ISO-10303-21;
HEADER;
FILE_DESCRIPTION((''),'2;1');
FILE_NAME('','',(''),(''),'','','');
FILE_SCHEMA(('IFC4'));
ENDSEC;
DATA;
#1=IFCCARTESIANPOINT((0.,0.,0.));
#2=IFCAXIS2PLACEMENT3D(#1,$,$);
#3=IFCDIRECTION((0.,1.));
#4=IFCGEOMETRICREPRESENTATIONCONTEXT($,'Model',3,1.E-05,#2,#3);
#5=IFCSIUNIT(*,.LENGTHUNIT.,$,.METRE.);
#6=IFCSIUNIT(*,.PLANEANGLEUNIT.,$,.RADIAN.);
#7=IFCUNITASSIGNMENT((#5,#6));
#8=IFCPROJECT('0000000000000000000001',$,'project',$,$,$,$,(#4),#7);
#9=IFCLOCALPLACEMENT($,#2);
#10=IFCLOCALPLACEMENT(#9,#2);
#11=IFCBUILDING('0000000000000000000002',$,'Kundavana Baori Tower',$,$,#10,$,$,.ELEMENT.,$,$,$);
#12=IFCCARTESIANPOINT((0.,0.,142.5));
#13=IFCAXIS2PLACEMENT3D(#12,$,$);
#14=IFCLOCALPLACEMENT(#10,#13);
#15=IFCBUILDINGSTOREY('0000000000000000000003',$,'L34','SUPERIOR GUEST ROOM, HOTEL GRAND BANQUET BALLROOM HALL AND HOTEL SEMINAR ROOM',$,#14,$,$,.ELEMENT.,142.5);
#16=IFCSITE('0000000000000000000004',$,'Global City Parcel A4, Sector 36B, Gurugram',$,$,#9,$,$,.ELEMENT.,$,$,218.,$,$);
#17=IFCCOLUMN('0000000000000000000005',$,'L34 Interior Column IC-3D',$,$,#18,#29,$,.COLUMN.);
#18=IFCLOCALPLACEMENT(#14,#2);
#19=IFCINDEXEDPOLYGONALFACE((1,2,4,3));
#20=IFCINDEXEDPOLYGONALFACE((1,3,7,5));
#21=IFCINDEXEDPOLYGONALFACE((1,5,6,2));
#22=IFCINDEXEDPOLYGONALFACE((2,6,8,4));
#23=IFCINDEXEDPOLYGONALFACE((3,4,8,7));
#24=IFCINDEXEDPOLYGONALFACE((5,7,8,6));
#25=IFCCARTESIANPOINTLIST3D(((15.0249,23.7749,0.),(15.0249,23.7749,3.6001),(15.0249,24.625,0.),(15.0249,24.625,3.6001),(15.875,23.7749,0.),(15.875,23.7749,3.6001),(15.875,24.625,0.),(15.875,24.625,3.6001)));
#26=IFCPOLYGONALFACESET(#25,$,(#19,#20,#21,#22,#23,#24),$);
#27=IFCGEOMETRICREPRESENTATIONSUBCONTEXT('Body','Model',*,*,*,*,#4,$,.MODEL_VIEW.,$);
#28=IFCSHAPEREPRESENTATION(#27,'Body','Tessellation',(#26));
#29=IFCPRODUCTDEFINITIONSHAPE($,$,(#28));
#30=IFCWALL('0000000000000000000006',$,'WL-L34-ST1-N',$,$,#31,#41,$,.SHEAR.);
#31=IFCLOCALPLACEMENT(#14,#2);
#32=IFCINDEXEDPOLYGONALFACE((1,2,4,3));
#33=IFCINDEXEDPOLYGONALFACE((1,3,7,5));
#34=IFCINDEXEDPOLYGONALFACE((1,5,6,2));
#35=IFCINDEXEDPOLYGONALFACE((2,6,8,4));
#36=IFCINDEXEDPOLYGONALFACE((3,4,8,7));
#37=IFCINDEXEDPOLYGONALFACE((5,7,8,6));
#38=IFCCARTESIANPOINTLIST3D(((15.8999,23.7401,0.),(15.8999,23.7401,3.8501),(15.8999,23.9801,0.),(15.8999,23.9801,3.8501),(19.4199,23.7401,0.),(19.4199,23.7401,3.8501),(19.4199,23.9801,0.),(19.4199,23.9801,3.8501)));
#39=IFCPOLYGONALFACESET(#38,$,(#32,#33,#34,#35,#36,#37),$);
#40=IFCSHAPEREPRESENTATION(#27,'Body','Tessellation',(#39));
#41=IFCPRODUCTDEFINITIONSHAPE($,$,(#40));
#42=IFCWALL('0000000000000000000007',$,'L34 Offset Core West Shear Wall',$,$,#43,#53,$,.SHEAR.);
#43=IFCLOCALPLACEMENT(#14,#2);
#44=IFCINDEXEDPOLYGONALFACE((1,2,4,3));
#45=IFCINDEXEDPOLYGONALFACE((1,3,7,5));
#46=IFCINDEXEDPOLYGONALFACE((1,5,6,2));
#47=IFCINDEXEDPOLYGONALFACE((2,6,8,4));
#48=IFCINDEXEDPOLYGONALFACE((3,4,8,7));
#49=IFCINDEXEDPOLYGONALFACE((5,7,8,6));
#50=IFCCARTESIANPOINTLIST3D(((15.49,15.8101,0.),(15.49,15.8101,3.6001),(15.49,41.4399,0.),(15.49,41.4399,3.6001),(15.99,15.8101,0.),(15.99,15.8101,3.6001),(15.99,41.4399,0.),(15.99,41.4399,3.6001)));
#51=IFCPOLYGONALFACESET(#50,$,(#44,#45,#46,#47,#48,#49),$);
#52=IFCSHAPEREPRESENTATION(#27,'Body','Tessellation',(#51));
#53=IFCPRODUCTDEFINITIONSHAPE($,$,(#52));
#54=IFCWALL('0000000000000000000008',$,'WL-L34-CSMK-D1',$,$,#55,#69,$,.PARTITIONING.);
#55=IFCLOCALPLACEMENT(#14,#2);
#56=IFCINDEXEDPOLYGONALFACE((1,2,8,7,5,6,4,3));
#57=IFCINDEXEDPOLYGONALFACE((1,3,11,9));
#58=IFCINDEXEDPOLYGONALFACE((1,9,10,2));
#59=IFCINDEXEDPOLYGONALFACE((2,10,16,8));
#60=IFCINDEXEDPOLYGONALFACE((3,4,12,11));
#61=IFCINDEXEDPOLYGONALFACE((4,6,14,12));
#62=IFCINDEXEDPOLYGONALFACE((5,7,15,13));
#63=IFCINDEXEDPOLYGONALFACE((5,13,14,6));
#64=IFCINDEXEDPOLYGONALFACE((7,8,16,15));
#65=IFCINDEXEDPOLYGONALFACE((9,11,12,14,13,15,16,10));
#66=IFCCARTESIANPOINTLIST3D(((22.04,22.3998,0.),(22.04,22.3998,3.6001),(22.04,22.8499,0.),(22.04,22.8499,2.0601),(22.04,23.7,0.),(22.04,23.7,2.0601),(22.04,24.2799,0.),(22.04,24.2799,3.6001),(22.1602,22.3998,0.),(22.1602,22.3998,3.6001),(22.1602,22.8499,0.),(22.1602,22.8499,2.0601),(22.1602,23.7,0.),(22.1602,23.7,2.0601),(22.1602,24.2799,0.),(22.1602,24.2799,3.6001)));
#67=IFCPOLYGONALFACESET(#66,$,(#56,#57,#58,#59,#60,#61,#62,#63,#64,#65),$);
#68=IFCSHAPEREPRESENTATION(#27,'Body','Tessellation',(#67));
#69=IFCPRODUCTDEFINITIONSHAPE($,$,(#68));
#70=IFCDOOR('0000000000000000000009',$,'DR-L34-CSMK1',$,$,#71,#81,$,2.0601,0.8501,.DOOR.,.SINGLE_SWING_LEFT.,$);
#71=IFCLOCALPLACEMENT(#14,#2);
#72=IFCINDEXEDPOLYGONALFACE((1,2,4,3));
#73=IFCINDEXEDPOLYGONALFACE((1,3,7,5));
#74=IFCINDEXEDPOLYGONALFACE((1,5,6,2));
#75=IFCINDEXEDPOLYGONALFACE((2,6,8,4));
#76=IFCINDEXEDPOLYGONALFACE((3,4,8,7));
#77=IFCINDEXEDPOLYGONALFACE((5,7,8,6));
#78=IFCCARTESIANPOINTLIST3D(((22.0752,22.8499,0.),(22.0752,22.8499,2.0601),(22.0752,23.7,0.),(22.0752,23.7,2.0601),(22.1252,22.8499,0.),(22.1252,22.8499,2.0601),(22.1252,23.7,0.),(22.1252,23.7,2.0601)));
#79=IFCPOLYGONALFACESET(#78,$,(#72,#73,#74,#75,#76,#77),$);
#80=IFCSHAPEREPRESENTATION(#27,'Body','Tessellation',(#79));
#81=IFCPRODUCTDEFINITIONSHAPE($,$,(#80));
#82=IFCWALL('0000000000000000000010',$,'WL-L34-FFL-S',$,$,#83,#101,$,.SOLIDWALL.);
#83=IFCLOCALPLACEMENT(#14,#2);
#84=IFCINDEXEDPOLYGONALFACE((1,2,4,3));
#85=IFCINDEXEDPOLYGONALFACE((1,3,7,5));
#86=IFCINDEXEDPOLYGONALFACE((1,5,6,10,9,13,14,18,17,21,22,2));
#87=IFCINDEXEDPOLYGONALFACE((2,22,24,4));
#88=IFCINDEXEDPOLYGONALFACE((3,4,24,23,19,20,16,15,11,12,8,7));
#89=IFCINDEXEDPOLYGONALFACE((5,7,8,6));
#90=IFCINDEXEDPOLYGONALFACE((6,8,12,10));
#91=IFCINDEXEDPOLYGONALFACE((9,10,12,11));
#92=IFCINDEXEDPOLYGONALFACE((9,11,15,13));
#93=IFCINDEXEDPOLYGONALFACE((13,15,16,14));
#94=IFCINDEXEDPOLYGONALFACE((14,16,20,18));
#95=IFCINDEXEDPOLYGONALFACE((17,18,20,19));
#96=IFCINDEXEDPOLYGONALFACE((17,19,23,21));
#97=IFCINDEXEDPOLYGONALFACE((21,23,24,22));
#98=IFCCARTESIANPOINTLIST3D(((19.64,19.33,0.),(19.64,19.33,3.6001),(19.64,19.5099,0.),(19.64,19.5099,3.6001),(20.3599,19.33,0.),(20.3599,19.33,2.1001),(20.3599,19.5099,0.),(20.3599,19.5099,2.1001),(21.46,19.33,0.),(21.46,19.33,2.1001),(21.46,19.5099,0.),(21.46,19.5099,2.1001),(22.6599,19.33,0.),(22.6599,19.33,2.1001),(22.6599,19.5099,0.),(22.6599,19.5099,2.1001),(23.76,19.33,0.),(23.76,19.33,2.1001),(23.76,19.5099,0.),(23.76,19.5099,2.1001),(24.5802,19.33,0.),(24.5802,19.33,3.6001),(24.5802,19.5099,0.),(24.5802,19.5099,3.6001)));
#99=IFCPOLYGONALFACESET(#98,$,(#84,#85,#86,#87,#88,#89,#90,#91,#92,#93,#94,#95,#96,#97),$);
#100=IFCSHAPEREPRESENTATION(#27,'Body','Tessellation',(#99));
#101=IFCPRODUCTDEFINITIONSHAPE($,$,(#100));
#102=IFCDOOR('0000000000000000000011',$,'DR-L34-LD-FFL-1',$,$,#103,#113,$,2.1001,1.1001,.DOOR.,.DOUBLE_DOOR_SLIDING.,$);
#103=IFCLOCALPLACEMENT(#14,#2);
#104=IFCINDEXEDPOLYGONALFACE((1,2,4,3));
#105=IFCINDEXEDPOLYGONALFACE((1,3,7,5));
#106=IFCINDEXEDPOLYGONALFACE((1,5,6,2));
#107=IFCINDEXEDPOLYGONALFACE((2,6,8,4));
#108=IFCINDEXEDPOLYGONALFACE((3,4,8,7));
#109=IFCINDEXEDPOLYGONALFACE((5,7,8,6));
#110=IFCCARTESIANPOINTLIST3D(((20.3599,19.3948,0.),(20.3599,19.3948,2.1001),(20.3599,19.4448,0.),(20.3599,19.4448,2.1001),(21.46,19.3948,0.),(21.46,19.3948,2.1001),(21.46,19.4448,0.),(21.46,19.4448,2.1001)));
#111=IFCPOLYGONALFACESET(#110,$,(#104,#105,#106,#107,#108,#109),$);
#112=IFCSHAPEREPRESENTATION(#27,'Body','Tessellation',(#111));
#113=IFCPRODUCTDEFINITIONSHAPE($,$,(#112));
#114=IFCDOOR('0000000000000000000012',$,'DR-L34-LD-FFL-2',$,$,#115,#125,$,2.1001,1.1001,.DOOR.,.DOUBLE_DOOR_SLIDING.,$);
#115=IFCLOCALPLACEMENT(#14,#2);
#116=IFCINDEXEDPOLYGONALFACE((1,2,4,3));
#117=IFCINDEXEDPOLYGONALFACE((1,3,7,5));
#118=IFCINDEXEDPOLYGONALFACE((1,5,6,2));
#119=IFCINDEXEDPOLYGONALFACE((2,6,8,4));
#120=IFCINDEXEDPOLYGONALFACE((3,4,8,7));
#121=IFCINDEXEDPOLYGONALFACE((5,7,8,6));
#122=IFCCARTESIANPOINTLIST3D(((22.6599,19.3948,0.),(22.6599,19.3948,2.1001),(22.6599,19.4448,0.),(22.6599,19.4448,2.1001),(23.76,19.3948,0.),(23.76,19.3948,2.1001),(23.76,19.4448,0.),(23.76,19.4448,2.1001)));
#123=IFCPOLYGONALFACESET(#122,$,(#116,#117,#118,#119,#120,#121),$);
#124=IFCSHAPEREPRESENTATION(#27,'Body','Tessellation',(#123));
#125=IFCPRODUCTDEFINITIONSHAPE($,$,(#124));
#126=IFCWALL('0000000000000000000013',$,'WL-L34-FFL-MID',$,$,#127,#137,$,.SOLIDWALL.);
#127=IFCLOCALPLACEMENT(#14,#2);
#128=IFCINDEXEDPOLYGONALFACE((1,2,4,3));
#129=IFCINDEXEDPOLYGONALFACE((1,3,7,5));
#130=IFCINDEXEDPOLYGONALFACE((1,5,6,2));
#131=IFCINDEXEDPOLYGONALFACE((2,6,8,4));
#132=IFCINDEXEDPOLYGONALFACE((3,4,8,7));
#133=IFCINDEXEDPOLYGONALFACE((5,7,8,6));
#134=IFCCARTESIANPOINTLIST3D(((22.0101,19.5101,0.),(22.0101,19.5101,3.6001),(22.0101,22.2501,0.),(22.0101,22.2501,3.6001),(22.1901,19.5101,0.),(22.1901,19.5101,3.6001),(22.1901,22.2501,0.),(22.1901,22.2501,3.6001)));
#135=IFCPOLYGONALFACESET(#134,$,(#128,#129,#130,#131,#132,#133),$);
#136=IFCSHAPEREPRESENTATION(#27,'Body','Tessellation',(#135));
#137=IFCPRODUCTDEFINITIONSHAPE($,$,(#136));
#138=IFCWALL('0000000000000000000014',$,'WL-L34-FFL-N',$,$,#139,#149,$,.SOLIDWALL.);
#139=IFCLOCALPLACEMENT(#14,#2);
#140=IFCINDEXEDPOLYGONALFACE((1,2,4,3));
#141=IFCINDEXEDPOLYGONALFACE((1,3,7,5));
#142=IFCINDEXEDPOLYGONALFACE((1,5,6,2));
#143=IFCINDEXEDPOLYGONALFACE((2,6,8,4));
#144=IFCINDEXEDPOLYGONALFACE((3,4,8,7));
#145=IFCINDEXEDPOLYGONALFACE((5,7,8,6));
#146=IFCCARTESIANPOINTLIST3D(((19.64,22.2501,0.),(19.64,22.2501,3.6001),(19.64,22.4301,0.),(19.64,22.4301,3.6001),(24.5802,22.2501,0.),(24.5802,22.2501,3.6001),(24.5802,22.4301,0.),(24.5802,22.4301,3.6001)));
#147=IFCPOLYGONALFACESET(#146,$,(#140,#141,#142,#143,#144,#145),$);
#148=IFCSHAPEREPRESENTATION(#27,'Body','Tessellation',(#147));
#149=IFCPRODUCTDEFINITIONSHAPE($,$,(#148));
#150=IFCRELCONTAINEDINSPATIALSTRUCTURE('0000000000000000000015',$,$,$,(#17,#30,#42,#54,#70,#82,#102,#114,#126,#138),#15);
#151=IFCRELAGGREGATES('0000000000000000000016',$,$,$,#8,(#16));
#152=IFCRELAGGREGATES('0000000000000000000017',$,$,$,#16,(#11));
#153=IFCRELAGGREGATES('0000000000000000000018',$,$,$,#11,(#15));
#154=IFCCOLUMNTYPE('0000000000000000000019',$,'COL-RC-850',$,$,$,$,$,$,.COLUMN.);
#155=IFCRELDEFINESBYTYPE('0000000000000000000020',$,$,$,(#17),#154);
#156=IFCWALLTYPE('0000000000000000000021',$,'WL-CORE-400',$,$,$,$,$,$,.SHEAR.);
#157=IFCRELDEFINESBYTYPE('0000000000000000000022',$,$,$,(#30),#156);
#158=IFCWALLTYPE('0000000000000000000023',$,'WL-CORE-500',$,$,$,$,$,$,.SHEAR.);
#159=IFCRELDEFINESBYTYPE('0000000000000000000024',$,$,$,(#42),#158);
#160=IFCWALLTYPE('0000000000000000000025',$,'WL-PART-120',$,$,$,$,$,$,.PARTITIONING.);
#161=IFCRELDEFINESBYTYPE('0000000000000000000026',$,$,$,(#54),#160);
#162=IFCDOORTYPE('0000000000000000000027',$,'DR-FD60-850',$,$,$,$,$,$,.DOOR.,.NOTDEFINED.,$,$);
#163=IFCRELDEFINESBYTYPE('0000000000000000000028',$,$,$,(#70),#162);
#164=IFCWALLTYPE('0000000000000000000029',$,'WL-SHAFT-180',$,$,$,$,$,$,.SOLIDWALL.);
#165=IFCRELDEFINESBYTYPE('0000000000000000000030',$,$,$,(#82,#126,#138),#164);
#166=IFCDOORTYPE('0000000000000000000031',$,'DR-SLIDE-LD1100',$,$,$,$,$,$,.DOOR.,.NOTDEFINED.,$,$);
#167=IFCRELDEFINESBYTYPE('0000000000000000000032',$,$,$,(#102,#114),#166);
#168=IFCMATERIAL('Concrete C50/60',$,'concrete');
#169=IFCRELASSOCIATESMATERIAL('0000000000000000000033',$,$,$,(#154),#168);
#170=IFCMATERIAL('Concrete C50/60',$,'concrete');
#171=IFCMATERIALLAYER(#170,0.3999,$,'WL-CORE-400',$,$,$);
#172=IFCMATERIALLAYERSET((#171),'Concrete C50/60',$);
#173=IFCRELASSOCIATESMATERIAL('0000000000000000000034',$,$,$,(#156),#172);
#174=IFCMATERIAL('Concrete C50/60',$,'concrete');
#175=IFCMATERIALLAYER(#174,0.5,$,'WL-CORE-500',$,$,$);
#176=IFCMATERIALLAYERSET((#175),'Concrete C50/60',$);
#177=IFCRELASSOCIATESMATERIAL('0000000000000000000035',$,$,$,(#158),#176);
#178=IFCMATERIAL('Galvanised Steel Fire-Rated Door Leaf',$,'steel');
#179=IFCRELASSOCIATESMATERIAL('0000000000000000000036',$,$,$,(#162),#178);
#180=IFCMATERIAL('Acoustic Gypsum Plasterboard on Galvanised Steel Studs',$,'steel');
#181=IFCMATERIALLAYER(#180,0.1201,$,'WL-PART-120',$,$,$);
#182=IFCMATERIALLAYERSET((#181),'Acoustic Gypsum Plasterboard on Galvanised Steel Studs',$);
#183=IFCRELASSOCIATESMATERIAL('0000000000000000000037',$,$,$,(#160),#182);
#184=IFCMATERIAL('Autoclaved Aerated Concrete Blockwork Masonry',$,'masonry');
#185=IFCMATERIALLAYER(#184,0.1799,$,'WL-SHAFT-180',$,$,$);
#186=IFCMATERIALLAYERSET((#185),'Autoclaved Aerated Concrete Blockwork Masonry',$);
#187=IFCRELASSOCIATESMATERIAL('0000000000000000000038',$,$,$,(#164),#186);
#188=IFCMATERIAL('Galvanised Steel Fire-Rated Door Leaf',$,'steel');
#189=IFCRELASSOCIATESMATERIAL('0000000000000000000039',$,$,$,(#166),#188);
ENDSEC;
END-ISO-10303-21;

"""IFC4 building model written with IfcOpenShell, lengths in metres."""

from ifc_helpers import new_model, si_unit, direction, frame, frame_2d, origin, origin_2d, place, context, subcontext, project, spatial, rectangle, extrude, material, layer, layer_set, material_profile, profile_set, type_object, element, fill, save


model = new_model("IFC4")

# Units and contexts
model_context = context("Model", 3, precision=1e-05, world=origin(), true_north=direction((0.0, 1.0)))
body_context = subcontext(model_context, "Body", "Model", "MODEL_VIEW")
ifc_project = project(units=[si_unit("LENGTHUNIT", "METRE"), si_unit("PLANEANGLEUNIT", "RADIAN")], contexts=[model_context])

# Site, building, storey
site_placement = place(None, origin())
site = spatial("IfcSite", under=ifc_project, at=site_placement, Name="Global City Parcel A4, Sector 36B, Gurugram", CompositionType="ELEMENT", RefElevation=218.0)
building_placement = place(site_placement, origin())
building = spatial("IfcBuilding", under=site, at=building_placement, Name="Kundavana Baori Tower", CompositionType="ELEMENT")
storey_placement = place(building_placement, frame((0.0, 0.0, 142.5)))
storey = spatial("IfcBuildingStorey", under=building, at=storey_placement, Name="L34", Description="SUPERIOR GUEST ROOM, HOTEL GRAND BANQUET BALLROOM HALL AND HOTEL SEMINAR ROOM", CompositionType="ELEMENT", Elevation=142.5)

# Column
ifc_material_1 = material(Name="Concrete C50/60", Category="concrete")
ifc_material_profile = material_profile(ifc_material_1, rectangle(XDim=0.8501, YDim=0.8501, at=origin_2d()), Name="RC 850x850")
ifc_profile_set = profile_set([ifc_material_profile], Name="Concrete C50/60")
column_type = type_object("IfcColumnType", Name="COL-RC-850", PredefinedType="COLUMN", material=ifc_profile_set)
column_placement = place(storey_placement, frame((15.45, 24.2, 0.0), z_axis=(0.0, 0.0, 1.0), x_axis=(1.0, 0.0, 0.0)))
element("IfcColumn", 1, at=column_placement, inside=storey, type_object=column_type, Name="L34 Interior Column IC-3D", PredefinedType="COLUMN", context=body_context, shape_type="SweptSolid", body=[
    extrude(rectangle(XDim=0.8501, YDim=0.8501, at=origin_2d()), origin(), (0.0, 0.0, 1.0), 3.6001),
])

# Walls
ifc_material_2 = material(Name="Concrete C50/60", Category="concrete")
ifc_layer_1 = layer(ifc_material_2, 0.3999, Name="WL-CORE-400")
ifc_layer_set_1 = layer_set([ifc_layer_1], Name="Concrete C50/60")
wall_type_1 = type_object("IfcWallType", Name="WL-CORE-400", PredefinedType="SHEAR", material=ifc_layer_set_1)
wall_1_placement = place(storey_placement, frame((15.8999, 23.8601, 0.0), z_axis=(0.0, 0.0, 1.0), x_axis=(1.0, 0.0, 0.0)))
element("IfcWall", 2, at=wall_1_placement, inside=storey, type_object=wall_type_1, Name="WL-L34-ST1-N", PredefinedType="SHEAR", context=body_context, shape_type="SweptSolid", body=[
    extrude(rectangle(XDim=3.52, YDim=0.24, at=frame_2d((1.76, 0.0))), origin(), (0.0, 0.0, 1.0), 3.8501),
])
ifc_material_3 = material(Name="Concrete C50/60", Category="concrete")
ifc_layer_2 = layer(ifc_material_3, 0.5, Name="WL-CORE-500")
ifc_layer_set_2 = layer_set([ifc_layer_2], Name="Concrete C50/60")
wall_type_2 = type_object("IfcWallType", Name="WL-CORE-500", PredefinedType="SHEAR", material=ifc_layer_set_2)
wall_2_placement = place(storey_placement, frame((15.74, 15.8101, 0.0), z_axis=(0.0, 0.0, 1.0), x_axis=(0.0, 1.0, 0.0)))
element("IfcWall", 3, at=wall_2_placement, inside=storey, type_object=wall_type_2, Name="L34 Offset Core West Shear Wall", PredefinedType="SHEAR", context=body_context, shape_type="SweptSolid", body=[
    extrude(rectangle(XDim=25.6299, YDim=0.5, at=frame_2d((12.8149, 0.0))), origin(), (0.0, 0.0, 1.0), 3.6001),
])

# Shared definitions
ifc_material_4 = material(Name="Galvanised Steel Fire-Rated Door Leaf", Category="steel")
door_type_1 = type_object("IfcDoorType", Name="DR-FD60-850", OperationType="NOTDEFINED", PredefinedType="DOOR", material=ifc_material_4)

# Wall, opening, door
ifc_material_5 = material(Name="Acoustic Gypsum Plasterboard on Galvanised Steel Studs", Category="steel")
ifc_layer_3 = layer(ifc_material_5, 0.1201, Name="WL-PART-120")
ifc_layer_set_3 = layer_set([ifc_layer_3], Name="Acoustic Gypsum Plasterboard on Galvanised Steel Studs")
wall_type_3 = type_object("IfcWallType", Name="WL-PART-120", PredefinedType="PARTITIONING", material=ifc_layer_set_3)
wall_3_placement = place(storey_placement, frame((22.1001, 22.3999, 0.0), z_axis=(0.0, 0.0, 1.0), x_axis=(0.0, 1.0, 0.0)))
wall_3 = element("IfcWall", 4, at=wall_3_placement, inside=storey, type_object=wall_type_3, Name="WL-L34-CSMK-D1", PredefinedType="PARTITIONING", context=body_context, shape_type="SweptSolid", body=[
    extrude(rectangle(XDim=1.8801, YDim=0.1201, at=frame_2d((0.9399, 0.0))), origin(), (0.0, 0.0, 1.0), 3.6001),
])
opening_1_placement = place(wall_3_placement, frame((0.45, 0.0, 0.0)))
opening_1 = element("IfcOpeningElement", 5, at=opening_1_placement, cuts=wall_3, PredefinedType="OPENING", context=body_context, shape_type="SweptSolid", body=[
    extrude(rectangle(XDim=0.8501, YDim=2.0601, at=frame_2d((0.425, 1.03))), frame((0.0, 0.0701, 0.0), z_axis=(0.0, -1.0, 0.0), x_axis=(1.0, 0.0, 0.0)), (0.0, 0.0, 1.0), 0.1401),
])
door_1_placement = place(opening_1_placement, origin())
door_1 = element("IfcDoor", 6, at=door_1_placement, inside=storey, type_object=door_type_1, Name="DR-L34-CSMK1", OperationType="SINGLE_SWING_LEFT", OverallHeight=2.0601, OverallWidth=0.8501, PredefinedType="DOOR", context=body_context, shape_type="SweptSolid", body=[
    extrude(rectangle(XDim=0.8501, YDim=2.0601, at=frame_2d((0.425, 1.03))), frame((0.0, 0.0249, 0.0), z_axis=(0.0, -1.0, 0.0), x_axis=(1.0, 0.0, 0.0)), (0.0, 0.0, 1.0), 0.05),
])
fill(opening_1, door_1)

# Wall, openings, doors
ifc_material_6 = material(Name="Autoclaved Aerated Concrete Blockwork Masonry", Category="masonry")
ifc_layer_4 = layer(ifc_material_6, 0.1799, Name="WL-SHAFT-180")
ifc_layer_set_4 = layer_set([ifc_layer_4], Name="Autoclaved Aerated Concrete Blockwork Masonry")
wall_type_4 = type_object("IfcWallType", Name="WL-SHAFT-180", PredefinedType="SOLIDWALL", material=ifc_layer_set_4)
wall_4_placement = place(storey_placement, frame((19.6399, 19.4199, 0.0), z_axis=(0.0, 0.0, 1.0), x_axis=(1.0, 0.0, 0.0)))
wall_4 = element("IfcWall", 7, at=wall_4_placement, inside=storey, type_object=wall_type_4, Name="WL-L34-FFL-S", PredefinedType="SOLIDWALL", context=body_context, shape_type="SweptSolid", body=[
    extrude(rectangle(XDim=4.9402, YDim=0.1799, at=frame_2d((2.4702, 0.0))), origin(), (0.0, 0.0, 1.0), 3.6001),
])
opening_2_placement = place(wall_4_placement, frame((0.72, 0.0, 0.0)))
opening_2 = element("IfcOpeningElement", 8, at=opening_2_placement, cuts=wall_4, PredefinedType="OPENING", context=body_context, shape_type="SweptSolid", body=[
    extrude(rectangle(XDim=1.1001, YDim=2.1001, at=frame_2d((0.55, 1.05))), frame((0.0, 0.1001, 0.0), z_axis=(0.0, -1.0, 0.0), x_axis=(1.0, 0.0, 0.0)), (0.0, 0.0, 1.0), 0.2),
])
opening_3_placement = place(wall_4_placement, frame((3.02, 0.0, 0.0)))
opening_3 = element("IfcOpeningElement", 9, at=opening_3_placement, cuts=wall_4, PredefinedType="OPENING", context=body_context, shape_type="SweptSolid", body=[
    extrude(rectangle(XDim=1.1001, YDim=2.1001, at=frame_2d((0.55, 1.05))), frame((0.0, 0.1001, 0.0), z_axis=(0.0, -1.0, 0.0), x_axis=(1.0, 0.0, 0.0)), (0.0, 0.0, 1.0), 0.2),
])
ifc_material_7 = material(Name="Galvanised Steel Fire-Rated Door Leaf", Category="steel")
door_type_2 = type_object("IfcDoorType", Name="DR-SLIDE-LD1100", OperationType="NOTDEFINED", PredefinedType="DOOR", material=ifc_material_7)
door_2_placement = place(opening_2_placement, origin())
door_2 = element("IfcDoor", 10, at=door_2_placement, inside=storey, type_object=door_type_2, Name="DR-L34-LD-FFL-1", OperationType="DOUBLE_DOOR_SLIDING", OverallHeight=2.1001, OverallWidth=1.1001, PredefinedType="DOOR", context=body_context, shape_type="SweptSolid", body=[
    extrude(rectangle(XDim=1.1001, YDim=2.1001, at=frame_2d((0.55, 1.05))), frame((0.0, 0.0249, 0.0), z_axis=(0.0, -1.0, 0.0), x_axis=(1.0, 0.0, 0.0)), (0.0, 0.0, 1.0), 0.05),
])
fill(opening_2, door_2)
door_3_placement = place(opening_3_placement, origin())
door_3 = element("IfcDoor", 11, at=door_3_placement, inside=storey, type_object=door_type_2, Name="DR-L34-LD-FFL-2", OperationType="DOUBLE_DOOR_SLIDING", OverallHeight=2.1001, OverallWidth=1.1001, PredefinedType="DOOR", context=body_context, shape_type="SweptSolid", body=[
    extrude(rectangle(XDim=1.1001, YDim=2.1001, at=frame_2d((0.55, 1.05))), frame((0.0, 0.0249, 0.0), z_axis=(0.0, -1.0, 0.0), x_axis=(1.0, 0.0, 0.0)), (0.0, 0.0, 1.0), 0.05),
])
fill(opening_3, door_3)

# Walls
wall_5_placement = place(storey_placement, frame((22.1001, 19.51, 0.0), z_axis=(0.0, 0.0, 1.0), x_axis=(0.0, 1.0, 0.0)))
element("IfcWall", 12, at=wall_5_placement, inside=storey, type_object=wall_type_4, Name="WL-L34-FFL-MID", PredefinedType="SOLIDWALL", context=body_context, shape_type="SweptSolid", body=[
    extrude(rectangle(XDim=2.74, YDim=0.1799, at=frame_2d((1.3701, 0.0))), origin(), (0.0, 0.0, 1.0), 3.6001),
])
wall_6_placement = place(storey_placement, frame((19.6399, 22.3401, 0.0), z_axis=(0.0, 0.0, 1.0), x_axis=(1.0, 0.0, 0.0)))
element("IfcWall", 13, at=wall_6_placement, inside=storey, type_object=wall_type_4, Name="WL-L34-FFL-N", PredefinedType="SOLIDWALL", context=body_context, shape_type="SweptSolid", body=[
    extrude(rectangle(XDim=4.9402, YDim=0.1799, at=frame_2d((2.4702, 0.0))), origin(), (0.0, 0.0, 1.0), 3.6001),
])

save(model, "model.ifc")
